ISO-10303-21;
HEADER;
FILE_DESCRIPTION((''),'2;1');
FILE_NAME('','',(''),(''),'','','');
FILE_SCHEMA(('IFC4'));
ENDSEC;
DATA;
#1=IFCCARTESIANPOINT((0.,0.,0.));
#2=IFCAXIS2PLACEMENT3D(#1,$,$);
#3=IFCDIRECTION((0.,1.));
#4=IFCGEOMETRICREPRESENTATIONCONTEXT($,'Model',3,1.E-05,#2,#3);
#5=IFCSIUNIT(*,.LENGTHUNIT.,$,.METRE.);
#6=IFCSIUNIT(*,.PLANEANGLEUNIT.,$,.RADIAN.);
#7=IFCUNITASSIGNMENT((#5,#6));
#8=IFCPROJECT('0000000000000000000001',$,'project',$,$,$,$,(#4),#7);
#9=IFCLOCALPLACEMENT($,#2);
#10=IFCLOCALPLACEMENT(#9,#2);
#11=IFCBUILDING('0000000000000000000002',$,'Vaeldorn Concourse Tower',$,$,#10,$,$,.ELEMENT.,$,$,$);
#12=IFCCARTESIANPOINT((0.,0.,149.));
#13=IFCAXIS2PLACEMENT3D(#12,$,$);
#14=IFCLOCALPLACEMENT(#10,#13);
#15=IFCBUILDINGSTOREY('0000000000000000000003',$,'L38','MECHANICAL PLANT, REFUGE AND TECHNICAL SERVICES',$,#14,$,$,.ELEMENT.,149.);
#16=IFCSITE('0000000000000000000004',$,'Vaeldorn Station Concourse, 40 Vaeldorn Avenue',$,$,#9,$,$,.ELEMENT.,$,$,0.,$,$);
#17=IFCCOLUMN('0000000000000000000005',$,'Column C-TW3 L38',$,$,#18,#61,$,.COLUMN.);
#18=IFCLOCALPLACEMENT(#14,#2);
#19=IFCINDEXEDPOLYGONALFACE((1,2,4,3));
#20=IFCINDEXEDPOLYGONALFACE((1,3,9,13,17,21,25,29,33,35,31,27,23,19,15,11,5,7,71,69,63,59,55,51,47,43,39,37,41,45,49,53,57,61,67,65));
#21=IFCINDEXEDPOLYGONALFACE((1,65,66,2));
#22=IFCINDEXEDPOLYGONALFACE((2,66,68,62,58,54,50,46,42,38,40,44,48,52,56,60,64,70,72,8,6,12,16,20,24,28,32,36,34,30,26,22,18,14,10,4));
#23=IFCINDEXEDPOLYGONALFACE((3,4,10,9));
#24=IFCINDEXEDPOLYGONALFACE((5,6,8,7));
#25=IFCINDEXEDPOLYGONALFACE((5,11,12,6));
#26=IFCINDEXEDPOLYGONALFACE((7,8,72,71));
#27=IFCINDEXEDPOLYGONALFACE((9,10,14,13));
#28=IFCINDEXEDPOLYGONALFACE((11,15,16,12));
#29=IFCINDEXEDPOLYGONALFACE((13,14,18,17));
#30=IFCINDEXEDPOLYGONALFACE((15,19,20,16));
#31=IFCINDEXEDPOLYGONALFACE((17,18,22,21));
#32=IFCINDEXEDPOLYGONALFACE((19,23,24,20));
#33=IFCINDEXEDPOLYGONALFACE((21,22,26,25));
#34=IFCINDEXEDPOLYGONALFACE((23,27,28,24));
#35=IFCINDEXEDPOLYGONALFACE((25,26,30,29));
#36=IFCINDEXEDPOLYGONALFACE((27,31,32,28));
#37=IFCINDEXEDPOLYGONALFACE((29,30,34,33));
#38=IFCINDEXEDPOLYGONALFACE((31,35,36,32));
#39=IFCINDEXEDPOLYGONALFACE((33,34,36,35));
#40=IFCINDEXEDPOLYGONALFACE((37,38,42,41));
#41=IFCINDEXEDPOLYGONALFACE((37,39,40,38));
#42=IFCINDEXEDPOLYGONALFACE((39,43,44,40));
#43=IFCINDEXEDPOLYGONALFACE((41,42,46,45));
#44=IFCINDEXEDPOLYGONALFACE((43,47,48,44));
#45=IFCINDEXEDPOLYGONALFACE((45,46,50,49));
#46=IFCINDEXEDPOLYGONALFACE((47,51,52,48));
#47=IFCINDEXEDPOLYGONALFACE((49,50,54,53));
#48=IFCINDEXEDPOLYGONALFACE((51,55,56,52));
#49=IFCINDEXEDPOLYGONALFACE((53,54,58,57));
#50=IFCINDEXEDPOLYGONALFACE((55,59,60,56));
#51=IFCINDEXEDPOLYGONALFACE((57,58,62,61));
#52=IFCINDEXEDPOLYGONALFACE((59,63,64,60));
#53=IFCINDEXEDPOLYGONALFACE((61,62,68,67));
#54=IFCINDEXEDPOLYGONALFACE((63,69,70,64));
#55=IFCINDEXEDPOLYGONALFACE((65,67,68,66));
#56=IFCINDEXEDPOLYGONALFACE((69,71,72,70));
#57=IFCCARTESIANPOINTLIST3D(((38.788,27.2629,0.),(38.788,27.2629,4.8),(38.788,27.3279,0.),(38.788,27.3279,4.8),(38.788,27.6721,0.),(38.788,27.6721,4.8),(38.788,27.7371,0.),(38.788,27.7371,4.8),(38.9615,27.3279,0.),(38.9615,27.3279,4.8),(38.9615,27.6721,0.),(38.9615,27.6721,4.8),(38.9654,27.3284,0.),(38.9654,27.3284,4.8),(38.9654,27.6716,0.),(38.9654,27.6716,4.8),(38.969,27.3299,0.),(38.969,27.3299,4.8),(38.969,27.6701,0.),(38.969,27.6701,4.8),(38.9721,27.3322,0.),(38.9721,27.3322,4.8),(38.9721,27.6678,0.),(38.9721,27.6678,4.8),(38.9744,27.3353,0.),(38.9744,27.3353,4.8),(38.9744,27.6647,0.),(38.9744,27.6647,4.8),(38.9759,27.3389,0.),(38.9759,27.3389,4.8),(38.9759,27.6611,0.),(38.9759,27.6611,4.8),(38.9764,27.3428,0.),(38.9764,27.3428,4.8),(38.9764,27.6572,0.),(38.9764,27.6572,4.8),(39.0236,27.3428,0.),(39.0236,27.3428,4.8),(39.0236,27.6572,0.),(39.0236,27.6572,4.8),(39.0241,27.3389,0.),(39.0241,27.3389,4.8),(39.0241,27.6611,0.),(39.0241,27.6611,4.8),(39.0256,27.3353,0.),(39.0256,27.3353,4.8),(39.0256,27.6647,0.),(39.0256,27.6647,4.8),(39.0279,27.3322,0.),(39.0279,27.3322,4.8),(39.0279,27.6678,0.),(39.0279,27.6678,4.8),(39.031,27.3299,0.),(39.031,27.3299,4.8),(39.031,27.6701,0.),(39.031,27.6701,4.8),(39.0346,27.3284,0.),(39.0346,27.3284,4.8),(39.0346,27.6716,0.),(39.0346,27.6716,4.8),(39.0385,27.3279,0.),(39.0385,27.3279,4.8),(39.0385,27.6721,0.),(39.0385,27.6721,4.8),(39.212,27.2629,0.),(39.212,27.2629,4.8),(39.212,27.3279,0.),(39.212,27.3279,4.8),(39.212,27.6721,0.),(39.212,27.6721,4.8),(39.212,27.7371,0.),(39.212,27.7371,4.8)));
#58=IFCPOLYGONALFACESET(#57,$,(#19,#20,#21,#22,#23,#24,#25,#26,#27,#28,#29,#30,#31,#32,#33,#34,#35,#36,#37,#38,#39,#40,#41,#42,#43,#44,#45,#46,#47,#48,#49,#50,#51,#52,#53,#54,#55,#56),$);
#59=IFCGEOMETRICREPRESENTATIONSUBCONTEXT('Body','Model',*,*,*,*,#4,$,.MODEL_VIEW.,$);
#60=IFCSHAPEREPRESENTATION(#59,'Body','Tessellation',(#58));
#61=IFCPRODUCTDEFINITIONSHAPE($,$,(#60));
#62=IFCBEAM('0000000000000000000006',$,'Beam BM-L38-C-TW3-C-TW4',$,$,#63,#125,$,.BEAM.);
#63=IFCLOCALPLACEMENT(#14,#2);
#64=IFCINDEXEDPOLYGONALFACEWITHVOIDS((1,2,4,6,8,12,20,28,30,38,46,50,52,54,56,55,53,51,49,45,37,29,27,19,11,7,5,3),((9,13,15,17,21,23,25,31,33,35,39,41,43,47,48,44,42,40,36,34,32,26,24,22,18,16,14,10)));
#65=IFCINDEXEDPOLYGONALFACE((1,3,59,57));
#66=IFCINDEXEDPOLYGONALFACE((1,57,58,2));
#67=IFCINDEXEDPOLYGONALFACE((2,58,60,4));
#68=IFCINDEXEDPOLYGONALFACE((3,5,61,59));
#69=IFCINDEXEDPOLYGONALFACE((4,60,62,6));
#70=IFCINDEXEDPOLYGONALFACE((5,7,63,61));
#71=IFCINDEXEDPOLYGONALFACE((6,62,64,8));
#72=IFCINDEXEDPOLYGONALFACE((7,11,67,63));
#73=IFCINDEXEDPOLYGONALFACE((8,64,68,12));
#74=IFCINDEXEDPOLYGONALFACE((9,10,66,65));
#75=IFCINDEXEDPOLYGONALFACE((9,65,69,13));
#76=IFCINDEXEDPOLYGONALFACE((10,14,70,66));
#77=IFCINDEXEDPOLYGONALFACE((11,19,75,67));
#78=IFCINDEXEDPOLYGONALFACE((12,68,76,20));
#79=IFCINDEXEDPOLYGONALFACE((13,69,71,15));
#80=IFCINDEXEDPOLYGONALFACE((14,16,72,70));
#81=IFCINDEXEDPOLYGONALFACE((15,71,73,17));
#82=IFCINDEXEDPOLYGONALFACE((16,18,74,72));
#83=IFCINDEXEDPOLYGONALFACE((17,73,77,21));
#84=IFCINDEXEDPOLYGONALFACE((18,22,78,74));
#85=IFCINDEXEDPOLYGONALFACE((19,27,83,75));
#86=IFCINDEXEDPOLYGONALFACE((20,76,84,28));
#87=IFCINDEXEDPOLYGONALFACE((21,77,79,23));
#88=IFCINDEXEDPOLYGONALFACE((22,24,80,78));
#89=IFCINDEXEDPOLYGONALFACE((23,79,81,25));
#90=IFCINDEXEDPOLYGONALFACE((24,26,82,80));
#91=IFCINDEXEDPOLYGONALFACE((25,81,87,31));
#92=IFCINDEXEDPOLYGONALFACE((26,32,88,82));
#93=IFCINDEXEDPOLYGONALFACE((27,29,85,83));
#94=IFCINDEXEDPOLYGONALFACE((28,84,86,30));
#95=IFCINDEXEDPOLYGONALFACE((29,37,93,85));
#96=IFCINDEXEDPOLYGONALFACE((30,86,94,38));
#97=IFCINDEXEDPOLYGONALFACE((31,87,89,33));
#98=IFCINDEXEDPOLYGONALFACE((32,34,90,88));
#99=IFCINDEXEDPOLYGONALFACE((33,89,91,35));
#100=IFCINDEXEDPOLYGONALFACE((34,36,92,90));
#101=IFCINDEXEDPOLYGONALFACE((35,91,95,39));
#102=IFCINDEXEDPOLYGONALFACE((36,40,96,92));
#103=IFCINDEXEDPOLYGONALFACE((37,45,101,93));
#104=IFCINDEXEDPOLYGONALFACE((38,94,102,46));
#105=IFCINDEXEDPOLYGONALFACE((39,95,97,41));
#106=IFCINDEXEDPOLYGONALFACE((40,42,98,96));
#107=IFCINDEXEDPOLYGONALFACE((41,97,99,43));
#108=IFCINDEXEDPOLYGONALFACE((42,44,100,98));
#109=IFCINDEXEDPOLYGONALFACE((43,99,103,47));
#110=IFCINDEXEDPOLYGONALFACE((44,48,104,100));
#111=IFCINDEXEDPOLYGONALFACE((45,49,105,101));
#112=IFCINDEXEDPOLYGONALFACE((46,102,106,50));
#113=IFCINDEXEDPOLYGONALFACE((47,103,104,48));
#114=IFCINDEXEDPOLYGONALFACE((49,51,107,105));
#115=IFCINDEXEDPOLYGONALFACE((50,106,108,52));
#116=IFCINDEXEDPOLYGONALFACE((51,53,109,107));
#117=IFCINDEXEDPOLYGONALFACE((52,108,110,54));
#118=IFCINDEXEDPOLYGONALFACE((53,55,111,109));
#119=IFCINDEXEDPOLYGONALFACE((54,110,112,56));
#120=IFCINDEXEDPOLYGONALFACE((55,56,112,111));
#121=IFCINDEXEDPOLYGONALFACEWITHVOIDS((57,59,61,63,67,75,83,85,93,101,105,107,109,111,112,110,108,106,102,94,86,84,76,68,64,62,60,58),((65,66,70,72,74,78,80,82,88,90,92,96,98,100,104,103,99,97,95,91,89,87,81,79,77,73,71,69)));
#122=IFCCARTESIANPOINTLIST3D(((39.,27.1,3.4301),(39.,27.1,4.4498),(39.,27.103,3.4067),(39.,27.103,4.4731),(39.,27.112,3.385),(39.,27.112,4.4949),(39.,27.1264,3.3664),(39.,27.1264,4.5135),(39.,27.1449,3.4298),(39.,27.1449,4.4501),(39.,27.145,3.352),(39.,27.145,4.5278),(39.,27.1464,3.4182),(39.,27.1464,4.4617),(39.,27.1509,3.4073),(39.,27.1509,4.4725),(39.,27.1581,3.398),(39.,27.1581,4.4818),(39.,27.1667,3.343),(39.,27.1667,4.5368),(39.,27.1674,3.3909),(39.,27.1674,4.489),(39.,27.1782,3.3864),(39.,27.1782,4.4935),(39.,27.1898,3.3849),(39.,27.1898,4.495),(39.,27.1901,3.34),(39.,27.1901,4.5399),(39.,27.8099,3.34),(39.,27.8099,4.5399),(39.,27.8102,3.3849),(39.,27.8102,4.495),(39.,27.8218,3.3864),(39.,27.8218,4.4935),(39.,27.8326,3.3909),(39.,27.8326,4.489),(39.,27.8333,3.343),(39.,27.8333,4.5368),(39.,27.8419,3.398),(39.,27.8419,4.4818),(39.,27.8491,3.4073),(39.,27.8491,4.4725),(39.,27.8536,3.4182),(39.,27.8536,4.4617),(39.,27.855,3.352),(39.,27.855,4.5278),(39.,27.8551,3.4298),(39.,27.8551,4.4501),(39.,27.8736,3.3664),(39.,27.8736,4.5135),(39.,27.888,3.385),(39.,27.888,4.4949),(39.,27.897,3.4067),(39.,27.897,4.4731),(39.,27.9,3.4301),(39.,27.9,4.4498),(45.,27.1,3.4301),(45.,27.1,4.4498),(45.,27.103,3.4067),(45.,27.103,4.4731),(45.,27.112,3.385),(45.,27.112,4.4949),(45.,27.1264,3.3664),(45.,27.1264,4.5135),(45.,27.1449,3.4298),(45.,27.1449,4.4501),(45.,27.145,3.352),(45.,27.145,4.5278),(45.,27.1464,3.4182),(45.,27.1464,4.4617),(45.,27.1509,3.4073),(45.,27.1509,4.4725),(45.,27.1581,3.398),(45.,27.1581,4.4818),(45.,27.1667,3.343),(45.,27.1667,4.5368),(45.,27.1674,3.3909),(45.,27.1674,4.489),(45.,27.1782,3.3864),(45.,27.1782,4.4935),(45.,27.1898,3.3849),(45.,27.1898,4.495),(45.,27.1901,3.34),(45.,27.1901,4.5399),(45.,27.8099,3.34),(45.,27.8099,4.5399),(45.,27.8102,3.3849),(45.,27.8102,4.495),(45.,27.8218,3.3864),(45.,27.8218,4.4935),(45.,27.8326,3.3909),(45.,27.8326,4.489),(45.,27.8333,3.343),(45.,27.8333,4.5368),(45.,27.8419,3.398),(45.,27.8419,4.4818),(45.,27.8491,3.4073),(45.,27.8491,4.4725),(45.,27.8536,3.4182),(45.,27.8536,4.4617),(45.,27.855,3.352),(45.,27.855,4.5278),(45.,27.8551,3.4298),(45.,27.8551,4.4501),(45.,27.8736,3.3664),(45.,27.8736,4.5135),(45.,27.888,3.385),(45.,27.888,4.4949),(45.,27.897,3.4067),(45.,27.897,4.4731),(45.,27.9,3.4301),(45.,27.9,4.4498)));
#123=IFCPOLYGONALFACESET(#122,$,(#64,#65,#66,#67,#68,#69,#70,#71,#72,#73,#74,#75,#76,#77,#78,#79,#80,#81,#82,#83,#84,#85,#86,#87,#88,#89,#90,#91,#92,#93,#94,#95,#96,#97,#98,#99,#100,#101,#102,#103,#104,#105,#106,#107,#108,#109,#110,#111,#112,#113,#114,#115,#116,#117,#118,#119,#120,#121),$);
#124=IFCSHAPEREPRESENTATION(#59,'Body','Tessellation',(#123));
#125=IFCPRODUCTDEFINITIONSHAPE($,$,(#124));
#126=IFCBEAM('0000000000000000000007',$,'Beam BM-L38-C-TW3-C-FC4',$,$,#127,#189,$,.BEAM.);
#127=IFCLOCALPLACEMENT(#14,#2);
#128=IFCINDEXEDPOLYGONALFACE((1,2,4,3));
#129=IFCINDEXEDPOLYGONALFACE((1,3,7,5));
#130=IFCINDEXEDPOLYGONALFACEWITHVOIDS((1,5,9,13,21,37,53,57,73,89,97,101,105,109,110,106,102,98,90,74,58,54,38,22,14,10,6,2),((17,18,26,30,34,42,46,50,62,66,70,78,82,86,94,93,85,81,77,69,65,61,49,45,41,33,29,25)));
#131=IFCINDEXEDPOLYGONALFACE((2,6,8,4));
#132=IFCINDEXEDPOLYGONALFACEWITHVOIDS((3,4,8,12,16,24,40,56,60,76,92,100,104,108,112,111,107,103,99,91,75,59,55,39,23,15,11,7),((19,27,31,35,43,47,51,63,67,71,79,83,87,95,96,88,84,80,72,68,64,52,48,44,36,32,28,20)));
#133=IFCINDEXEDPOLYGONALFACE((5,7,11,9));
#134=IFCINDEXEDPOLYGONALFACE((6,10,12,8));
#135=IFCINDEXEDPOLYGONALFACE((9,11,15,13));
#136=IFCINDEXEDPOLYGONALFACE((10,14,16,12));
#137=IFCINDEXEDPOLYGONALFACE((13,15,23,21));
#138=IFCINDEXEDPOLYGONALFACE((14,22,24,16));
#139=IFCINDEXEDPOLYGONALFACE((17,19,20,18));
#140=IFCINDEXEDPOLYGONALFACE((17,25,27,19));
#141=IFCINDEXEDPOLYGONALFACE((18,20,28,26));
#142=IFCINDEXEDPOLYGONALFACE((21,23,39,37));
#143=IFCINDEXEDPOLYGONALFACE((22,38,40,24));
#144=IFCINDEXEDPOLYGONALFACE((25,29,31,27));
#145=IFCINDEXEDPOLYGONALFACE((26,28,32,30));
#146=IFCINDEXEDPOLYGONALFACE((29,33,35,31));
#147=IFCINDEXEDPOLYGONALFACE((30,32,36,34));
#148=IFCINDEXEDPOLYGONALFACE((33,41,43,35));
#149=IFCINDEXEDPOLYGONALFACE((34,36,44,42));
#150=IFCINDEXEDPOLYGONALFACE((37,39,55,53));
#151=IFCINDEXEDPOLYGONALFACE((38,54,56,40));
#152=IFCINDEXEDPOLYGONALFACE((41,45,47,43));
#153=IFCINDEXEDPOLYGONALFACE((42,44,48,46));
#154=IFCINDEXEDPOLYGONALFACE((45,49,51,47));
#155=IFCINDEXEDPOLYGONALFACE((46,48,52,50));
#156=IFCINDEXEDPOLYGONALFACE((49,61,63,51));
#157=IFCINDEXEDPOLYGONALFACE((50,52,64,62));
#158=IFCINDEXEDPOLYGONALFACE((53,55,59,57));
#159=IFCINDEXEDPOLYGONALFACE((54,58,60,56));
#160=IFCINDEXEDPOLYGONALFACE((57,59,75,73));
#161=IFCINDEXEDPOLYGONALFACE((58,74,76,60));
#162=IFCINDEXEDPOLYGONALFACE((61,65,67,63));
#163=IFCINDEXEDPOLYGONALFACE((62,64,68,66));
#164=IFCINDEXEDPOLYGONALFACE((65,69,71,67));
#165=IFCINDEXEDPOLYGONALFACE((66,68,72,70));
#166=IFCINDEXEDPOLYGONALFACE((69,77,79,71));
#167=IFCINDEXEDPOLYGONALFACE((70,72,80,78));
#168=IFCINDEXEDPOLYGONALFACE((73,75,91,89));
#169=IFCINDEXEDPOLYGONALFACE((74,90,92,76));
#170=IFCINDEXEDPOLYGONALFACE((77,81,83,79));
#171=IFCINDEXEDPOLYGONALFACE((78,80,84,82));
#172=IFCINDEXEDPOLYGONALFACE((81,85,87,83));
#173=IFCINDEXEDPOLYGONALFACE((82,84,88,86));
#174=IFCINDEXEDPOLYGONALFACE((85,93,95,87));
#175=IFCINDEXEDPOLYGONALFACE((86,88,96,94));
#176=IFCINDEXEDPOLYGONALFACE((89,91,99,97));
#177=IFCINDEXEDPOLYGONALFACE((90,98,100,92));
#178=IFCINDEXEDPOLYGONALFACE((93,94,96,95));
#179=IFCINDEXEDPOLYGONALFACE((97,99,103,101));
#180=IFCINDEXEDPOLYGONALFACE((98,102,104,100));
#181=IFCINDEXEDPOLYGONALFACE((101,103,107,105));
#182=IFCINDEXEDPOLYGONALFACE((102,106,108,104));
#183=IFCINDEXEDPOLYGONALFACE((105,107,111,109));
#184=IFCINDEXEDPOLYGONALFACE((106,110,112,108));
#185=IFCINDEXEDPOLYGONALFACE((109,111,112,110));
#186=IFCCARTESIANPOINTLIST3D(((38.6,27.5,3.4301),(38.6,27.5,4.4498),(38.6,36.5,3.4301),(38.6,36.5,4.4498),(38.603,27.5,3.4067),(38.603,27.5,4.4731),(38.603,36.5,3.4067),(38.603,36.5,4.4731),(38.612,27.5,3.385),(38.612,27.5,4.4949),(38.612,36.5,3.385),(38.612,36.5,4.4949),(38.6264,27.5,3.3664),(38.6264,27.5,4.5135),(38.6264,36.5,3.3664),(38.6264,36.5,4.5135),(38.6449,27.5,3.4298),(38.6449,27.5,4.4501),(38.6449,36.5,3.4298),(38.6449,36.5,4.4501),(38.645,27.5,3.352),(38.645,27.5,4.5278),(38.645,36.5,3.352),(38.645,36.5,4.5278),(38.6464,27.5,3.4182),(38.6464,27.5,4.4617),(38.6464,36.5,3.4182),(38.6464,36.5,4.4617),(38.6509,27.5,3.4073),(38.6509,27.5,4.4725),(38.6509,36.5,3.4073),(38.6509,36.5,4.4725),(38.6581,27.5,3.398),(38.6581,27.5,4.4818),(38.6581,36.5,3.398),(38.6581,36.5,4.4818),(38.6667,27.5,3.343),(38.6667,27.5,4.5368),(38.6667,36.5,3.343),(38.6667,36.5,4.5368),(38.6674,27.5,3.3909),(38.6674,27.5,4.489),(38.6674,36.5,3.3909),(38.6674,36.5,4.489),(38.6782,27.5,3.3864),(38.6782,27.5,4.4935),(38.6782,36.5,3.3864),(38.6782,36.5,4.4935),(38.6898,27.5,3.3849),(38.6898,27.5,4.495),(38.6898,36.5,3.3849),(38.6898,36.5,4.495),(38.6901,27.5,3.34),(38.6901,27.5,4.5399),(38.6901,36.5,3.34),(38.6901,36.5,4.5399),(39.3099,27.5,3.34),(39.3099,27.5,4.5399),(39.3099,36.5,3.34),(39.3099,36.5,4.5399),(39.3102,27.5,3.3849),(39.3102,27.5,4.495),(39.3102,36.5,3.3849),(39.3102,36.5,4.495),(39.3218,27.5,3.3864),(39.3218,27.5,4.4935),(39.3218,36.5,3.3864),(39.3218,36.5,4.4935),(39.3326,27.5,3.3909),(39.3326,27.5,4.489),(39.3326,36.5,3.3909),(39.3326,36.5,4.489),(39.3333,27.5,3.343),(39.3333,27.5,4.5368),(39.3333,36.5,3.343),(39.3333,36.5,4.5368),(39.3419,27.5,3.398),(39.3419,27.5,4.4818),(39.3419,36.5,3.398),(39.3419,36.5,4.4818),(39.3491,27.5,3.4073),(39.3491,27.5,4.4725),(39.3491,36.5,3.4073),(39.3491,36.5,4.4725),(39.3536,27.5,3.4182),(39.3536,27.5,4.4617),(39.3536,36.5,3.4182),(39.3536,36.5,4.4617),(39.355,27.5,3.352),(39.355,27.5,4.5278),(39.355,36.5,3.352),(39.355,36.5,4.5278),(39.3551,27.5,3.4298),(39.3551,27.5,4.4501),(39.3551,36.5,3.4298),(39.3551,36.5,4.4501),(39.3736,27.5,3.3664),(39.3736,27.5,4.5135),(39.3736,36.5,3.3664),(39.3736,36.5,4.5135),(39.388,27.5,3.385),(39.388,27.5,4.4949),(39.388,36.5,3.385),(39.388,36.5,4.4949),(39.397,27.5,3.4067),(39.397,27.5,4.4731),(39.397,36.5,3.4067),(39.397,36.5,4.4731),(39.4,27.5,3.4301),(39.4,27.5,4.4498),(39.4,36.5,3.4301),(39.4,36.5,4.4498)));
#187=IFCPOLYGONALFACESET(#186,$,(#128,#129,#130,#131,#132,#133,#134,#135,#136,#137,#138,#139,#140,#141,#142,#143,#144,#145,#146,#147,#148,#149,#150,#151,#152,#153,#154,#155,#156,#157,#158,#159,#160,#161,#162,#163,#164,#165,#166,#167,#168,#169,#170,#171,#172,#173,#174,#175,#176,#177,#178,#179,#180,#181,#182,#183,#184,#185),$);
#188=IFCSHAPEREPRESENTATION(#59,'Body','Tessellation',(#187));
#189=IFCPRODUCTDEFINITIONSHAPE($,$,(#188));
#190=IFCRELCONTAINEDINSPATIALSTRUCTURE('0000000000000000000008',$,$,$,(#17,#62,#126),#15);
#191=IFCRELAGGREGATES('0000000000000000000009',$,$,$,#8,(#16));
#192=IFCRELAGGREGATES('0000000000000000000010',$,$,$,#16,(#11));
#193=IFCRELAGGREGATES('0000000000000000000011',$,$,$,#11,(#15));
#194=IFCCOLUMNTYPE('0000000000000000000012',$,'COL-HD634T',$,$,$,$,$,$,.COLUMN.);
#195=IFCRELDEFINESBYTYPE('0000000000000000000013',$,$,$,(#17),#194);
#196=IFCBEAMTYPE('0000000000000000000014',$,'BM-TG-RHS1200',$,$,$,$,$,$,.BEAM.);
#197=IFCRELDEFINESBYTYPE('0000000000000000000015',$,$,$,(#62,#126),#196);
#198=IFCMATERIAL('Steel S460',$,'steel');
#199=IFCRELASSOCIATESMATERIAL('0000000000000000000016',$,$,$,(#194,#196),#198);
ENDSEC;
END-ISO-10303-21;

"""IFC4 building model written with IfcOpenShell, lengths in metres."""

from ifc_helpers import new_model, si_unit, direction, frame, origin, origin_2d, place, context, subcontext, project, spatial, hollow_rectangle, i_section, extrude, source, transform, mapped, material, material_profile, profile_set, type_object, element, save


model = new_model("IFC4")

# Units and contexts
model_context = context("Model", 3, precision=1e-05, world=origin(), true_north=direction((0.0, 1.0)))
body_context = subcontext(model_context, "Body", "Model", "MODEL_VIEW")
ifc_project = project(units=[si_unit("LENGTHUNIT", "METRE"), si_unit("PLANEANGLEUNIT", "RADIAN")], contexts=[model_context])

# Site, building, storey
site_placement = place(None, origin())
site = spatial("IfcSite", under=ifc_project, at=site_placement, Name="Vaeldorn Station Concourse, 40 Vaeldorn Avenue", CompositionType="ELEMENT", RefElevation=0.0)
building_placement = place(site_placement, origin())
building = spatial("IfcBuilding", under=site, at=building_placement, Name="Vaeldorn Concourse Tower", CompositionType="ELEMENT")
storey_placement = place(building_placement, frame((0.0, 0.0, 149.0)))
storey = spatial("IfcBuildingStorey", under=building, at=storey_placement, Name="L38", Description="MECHANICAL PLANT, REFUGE AND TECHNICAL SERVICES", CompositionType="ELEMENT", Elevation=149.0)

# Column
ifc_material_1 = material(Name="Steel S460", Category="steel")
ifc_material_profile_1 = material_profile(ifc_material_1, i_section(OverallWidth=0.4241, OverallDepth=0.4741, WebThickness=0.0471, FlangeThickness=0.0649, FilletRadius=0.0149, at=origin_2d()), Name="HD 400x634")
ifc_profile_set_1 = profile_set([ifc_material_profile_1], Name="Steel S460")
column_type = type_object("IfcColumnType", Name="COL-HD634T", PredefinedType="COLUMN", material=ifc_profile_set_1)
shared_shape_1 = source(origin(), body_context, "Body", "SweptSolid", [
    extrude(i_section(OverallWidth=0.4241, OverallDepth=0.4741, WebThickness=0.0471, FlangeThickness=0.0649, FilletRadius=0.0149, at=origin_2d()), origin(), (0.0, 0.0, 1.0), 4.8),
])
column_placement = place(storey_placement, frame((39.0, 27.5, 0.0), z_axis=(0.0, 0.0, 1.0), x_axis=(1.0, 0.0, 0.0)))
element("IfcColumn", 1, at=column_placement, inside=storey, type_object=column_type, Name="Column C-TW3 L38", PredefinedType="COLUMN", context=body_context, shape_type="MappedRepresentation", body=[
    mapped(shared_shape_1, transform((0.0, 0.0, 0.0), scale=1.0)),
])

# Beams
ifc_material_profile_2 = material_profile(ifc_material_1, hollow_rectangle(XDim=0.8, YDim=1.2, WallThickness=0.0449, InnerFilletRadius=0.0449, OuterFilletRadius=0.0901, at=origin_2d()), Name="RHS 1200x800x45")
ifc_profile_set_2 = profile_set([ifc_material_profile_2], Name="Steel S460")
beam_type_1 = type_object("IfcBeamType", Name="BM-TG-RHS1200", PredefinedType="BEAM", material=ifc_profile_set_2)
shared_shape_2 = source(origin(), body_context, "Body", "SweptSolid", [
    extrude(hollow_rectangle(XDim=0.8, YDim=1.2, WallThickness=0.0449, InnerFilletRadius=0.0449, OuterFilletRadius=0.0901, at=origin_2d()), origin(), (0.0, 0.0, 1.0), 6.0),
])
beam_1_placement = place(storey_placement, frame((39.0, 27.5, 3.9399), z_axis=(1.0, 0.0, 0.0), x_axis=(0.0, 1.0, 0.0)))
element("IfcBeam", 2, at=beam_1_placement, inside=storey, type_object=beam_type_1, Name="Beam BM-L38-C-TW3-C-TW4", PredefinedType="BEAM", context=body_context, shape_type="MappedRepresentation", body=[
    mapped(shared_shape_2, transform((0.0, 0.0, 0.0), scale=1.0)),
])
shared_shape_3 = source(origin(), body_context, "Body", "SweptSolid", [
    extrude(hollow_rectangle(XDim=0.8, YDim=1.2, WallThickness=0.0449, InnerFilletRadius=0.0449, OuterFilletRadius=0.0901, at=origin_2d()), origin(), (0.0, 0.0, 1.0), 9.0),
])
beam_2_placement = place(storey_placement, frame((39.0, 27.5, 3.9399), z_axis=(0.0, 1.0, 0.0), x_axis=(-1.0, 0.0, 0.0)))
element("IfcBeam", 3, at=beam_2_placement, inside=storey, type_object=beam_type_1, Name="Beam BM-L38-C-TW3-C-FC4", PredefinedType="BEAM", context=body_context, shape_type="MappedRepresentation", body=[
    mapped(shared_shape_3, transform((0.0, 0.0, 0.0), scale=1.0)),
])

save(model, "model.ifc")
